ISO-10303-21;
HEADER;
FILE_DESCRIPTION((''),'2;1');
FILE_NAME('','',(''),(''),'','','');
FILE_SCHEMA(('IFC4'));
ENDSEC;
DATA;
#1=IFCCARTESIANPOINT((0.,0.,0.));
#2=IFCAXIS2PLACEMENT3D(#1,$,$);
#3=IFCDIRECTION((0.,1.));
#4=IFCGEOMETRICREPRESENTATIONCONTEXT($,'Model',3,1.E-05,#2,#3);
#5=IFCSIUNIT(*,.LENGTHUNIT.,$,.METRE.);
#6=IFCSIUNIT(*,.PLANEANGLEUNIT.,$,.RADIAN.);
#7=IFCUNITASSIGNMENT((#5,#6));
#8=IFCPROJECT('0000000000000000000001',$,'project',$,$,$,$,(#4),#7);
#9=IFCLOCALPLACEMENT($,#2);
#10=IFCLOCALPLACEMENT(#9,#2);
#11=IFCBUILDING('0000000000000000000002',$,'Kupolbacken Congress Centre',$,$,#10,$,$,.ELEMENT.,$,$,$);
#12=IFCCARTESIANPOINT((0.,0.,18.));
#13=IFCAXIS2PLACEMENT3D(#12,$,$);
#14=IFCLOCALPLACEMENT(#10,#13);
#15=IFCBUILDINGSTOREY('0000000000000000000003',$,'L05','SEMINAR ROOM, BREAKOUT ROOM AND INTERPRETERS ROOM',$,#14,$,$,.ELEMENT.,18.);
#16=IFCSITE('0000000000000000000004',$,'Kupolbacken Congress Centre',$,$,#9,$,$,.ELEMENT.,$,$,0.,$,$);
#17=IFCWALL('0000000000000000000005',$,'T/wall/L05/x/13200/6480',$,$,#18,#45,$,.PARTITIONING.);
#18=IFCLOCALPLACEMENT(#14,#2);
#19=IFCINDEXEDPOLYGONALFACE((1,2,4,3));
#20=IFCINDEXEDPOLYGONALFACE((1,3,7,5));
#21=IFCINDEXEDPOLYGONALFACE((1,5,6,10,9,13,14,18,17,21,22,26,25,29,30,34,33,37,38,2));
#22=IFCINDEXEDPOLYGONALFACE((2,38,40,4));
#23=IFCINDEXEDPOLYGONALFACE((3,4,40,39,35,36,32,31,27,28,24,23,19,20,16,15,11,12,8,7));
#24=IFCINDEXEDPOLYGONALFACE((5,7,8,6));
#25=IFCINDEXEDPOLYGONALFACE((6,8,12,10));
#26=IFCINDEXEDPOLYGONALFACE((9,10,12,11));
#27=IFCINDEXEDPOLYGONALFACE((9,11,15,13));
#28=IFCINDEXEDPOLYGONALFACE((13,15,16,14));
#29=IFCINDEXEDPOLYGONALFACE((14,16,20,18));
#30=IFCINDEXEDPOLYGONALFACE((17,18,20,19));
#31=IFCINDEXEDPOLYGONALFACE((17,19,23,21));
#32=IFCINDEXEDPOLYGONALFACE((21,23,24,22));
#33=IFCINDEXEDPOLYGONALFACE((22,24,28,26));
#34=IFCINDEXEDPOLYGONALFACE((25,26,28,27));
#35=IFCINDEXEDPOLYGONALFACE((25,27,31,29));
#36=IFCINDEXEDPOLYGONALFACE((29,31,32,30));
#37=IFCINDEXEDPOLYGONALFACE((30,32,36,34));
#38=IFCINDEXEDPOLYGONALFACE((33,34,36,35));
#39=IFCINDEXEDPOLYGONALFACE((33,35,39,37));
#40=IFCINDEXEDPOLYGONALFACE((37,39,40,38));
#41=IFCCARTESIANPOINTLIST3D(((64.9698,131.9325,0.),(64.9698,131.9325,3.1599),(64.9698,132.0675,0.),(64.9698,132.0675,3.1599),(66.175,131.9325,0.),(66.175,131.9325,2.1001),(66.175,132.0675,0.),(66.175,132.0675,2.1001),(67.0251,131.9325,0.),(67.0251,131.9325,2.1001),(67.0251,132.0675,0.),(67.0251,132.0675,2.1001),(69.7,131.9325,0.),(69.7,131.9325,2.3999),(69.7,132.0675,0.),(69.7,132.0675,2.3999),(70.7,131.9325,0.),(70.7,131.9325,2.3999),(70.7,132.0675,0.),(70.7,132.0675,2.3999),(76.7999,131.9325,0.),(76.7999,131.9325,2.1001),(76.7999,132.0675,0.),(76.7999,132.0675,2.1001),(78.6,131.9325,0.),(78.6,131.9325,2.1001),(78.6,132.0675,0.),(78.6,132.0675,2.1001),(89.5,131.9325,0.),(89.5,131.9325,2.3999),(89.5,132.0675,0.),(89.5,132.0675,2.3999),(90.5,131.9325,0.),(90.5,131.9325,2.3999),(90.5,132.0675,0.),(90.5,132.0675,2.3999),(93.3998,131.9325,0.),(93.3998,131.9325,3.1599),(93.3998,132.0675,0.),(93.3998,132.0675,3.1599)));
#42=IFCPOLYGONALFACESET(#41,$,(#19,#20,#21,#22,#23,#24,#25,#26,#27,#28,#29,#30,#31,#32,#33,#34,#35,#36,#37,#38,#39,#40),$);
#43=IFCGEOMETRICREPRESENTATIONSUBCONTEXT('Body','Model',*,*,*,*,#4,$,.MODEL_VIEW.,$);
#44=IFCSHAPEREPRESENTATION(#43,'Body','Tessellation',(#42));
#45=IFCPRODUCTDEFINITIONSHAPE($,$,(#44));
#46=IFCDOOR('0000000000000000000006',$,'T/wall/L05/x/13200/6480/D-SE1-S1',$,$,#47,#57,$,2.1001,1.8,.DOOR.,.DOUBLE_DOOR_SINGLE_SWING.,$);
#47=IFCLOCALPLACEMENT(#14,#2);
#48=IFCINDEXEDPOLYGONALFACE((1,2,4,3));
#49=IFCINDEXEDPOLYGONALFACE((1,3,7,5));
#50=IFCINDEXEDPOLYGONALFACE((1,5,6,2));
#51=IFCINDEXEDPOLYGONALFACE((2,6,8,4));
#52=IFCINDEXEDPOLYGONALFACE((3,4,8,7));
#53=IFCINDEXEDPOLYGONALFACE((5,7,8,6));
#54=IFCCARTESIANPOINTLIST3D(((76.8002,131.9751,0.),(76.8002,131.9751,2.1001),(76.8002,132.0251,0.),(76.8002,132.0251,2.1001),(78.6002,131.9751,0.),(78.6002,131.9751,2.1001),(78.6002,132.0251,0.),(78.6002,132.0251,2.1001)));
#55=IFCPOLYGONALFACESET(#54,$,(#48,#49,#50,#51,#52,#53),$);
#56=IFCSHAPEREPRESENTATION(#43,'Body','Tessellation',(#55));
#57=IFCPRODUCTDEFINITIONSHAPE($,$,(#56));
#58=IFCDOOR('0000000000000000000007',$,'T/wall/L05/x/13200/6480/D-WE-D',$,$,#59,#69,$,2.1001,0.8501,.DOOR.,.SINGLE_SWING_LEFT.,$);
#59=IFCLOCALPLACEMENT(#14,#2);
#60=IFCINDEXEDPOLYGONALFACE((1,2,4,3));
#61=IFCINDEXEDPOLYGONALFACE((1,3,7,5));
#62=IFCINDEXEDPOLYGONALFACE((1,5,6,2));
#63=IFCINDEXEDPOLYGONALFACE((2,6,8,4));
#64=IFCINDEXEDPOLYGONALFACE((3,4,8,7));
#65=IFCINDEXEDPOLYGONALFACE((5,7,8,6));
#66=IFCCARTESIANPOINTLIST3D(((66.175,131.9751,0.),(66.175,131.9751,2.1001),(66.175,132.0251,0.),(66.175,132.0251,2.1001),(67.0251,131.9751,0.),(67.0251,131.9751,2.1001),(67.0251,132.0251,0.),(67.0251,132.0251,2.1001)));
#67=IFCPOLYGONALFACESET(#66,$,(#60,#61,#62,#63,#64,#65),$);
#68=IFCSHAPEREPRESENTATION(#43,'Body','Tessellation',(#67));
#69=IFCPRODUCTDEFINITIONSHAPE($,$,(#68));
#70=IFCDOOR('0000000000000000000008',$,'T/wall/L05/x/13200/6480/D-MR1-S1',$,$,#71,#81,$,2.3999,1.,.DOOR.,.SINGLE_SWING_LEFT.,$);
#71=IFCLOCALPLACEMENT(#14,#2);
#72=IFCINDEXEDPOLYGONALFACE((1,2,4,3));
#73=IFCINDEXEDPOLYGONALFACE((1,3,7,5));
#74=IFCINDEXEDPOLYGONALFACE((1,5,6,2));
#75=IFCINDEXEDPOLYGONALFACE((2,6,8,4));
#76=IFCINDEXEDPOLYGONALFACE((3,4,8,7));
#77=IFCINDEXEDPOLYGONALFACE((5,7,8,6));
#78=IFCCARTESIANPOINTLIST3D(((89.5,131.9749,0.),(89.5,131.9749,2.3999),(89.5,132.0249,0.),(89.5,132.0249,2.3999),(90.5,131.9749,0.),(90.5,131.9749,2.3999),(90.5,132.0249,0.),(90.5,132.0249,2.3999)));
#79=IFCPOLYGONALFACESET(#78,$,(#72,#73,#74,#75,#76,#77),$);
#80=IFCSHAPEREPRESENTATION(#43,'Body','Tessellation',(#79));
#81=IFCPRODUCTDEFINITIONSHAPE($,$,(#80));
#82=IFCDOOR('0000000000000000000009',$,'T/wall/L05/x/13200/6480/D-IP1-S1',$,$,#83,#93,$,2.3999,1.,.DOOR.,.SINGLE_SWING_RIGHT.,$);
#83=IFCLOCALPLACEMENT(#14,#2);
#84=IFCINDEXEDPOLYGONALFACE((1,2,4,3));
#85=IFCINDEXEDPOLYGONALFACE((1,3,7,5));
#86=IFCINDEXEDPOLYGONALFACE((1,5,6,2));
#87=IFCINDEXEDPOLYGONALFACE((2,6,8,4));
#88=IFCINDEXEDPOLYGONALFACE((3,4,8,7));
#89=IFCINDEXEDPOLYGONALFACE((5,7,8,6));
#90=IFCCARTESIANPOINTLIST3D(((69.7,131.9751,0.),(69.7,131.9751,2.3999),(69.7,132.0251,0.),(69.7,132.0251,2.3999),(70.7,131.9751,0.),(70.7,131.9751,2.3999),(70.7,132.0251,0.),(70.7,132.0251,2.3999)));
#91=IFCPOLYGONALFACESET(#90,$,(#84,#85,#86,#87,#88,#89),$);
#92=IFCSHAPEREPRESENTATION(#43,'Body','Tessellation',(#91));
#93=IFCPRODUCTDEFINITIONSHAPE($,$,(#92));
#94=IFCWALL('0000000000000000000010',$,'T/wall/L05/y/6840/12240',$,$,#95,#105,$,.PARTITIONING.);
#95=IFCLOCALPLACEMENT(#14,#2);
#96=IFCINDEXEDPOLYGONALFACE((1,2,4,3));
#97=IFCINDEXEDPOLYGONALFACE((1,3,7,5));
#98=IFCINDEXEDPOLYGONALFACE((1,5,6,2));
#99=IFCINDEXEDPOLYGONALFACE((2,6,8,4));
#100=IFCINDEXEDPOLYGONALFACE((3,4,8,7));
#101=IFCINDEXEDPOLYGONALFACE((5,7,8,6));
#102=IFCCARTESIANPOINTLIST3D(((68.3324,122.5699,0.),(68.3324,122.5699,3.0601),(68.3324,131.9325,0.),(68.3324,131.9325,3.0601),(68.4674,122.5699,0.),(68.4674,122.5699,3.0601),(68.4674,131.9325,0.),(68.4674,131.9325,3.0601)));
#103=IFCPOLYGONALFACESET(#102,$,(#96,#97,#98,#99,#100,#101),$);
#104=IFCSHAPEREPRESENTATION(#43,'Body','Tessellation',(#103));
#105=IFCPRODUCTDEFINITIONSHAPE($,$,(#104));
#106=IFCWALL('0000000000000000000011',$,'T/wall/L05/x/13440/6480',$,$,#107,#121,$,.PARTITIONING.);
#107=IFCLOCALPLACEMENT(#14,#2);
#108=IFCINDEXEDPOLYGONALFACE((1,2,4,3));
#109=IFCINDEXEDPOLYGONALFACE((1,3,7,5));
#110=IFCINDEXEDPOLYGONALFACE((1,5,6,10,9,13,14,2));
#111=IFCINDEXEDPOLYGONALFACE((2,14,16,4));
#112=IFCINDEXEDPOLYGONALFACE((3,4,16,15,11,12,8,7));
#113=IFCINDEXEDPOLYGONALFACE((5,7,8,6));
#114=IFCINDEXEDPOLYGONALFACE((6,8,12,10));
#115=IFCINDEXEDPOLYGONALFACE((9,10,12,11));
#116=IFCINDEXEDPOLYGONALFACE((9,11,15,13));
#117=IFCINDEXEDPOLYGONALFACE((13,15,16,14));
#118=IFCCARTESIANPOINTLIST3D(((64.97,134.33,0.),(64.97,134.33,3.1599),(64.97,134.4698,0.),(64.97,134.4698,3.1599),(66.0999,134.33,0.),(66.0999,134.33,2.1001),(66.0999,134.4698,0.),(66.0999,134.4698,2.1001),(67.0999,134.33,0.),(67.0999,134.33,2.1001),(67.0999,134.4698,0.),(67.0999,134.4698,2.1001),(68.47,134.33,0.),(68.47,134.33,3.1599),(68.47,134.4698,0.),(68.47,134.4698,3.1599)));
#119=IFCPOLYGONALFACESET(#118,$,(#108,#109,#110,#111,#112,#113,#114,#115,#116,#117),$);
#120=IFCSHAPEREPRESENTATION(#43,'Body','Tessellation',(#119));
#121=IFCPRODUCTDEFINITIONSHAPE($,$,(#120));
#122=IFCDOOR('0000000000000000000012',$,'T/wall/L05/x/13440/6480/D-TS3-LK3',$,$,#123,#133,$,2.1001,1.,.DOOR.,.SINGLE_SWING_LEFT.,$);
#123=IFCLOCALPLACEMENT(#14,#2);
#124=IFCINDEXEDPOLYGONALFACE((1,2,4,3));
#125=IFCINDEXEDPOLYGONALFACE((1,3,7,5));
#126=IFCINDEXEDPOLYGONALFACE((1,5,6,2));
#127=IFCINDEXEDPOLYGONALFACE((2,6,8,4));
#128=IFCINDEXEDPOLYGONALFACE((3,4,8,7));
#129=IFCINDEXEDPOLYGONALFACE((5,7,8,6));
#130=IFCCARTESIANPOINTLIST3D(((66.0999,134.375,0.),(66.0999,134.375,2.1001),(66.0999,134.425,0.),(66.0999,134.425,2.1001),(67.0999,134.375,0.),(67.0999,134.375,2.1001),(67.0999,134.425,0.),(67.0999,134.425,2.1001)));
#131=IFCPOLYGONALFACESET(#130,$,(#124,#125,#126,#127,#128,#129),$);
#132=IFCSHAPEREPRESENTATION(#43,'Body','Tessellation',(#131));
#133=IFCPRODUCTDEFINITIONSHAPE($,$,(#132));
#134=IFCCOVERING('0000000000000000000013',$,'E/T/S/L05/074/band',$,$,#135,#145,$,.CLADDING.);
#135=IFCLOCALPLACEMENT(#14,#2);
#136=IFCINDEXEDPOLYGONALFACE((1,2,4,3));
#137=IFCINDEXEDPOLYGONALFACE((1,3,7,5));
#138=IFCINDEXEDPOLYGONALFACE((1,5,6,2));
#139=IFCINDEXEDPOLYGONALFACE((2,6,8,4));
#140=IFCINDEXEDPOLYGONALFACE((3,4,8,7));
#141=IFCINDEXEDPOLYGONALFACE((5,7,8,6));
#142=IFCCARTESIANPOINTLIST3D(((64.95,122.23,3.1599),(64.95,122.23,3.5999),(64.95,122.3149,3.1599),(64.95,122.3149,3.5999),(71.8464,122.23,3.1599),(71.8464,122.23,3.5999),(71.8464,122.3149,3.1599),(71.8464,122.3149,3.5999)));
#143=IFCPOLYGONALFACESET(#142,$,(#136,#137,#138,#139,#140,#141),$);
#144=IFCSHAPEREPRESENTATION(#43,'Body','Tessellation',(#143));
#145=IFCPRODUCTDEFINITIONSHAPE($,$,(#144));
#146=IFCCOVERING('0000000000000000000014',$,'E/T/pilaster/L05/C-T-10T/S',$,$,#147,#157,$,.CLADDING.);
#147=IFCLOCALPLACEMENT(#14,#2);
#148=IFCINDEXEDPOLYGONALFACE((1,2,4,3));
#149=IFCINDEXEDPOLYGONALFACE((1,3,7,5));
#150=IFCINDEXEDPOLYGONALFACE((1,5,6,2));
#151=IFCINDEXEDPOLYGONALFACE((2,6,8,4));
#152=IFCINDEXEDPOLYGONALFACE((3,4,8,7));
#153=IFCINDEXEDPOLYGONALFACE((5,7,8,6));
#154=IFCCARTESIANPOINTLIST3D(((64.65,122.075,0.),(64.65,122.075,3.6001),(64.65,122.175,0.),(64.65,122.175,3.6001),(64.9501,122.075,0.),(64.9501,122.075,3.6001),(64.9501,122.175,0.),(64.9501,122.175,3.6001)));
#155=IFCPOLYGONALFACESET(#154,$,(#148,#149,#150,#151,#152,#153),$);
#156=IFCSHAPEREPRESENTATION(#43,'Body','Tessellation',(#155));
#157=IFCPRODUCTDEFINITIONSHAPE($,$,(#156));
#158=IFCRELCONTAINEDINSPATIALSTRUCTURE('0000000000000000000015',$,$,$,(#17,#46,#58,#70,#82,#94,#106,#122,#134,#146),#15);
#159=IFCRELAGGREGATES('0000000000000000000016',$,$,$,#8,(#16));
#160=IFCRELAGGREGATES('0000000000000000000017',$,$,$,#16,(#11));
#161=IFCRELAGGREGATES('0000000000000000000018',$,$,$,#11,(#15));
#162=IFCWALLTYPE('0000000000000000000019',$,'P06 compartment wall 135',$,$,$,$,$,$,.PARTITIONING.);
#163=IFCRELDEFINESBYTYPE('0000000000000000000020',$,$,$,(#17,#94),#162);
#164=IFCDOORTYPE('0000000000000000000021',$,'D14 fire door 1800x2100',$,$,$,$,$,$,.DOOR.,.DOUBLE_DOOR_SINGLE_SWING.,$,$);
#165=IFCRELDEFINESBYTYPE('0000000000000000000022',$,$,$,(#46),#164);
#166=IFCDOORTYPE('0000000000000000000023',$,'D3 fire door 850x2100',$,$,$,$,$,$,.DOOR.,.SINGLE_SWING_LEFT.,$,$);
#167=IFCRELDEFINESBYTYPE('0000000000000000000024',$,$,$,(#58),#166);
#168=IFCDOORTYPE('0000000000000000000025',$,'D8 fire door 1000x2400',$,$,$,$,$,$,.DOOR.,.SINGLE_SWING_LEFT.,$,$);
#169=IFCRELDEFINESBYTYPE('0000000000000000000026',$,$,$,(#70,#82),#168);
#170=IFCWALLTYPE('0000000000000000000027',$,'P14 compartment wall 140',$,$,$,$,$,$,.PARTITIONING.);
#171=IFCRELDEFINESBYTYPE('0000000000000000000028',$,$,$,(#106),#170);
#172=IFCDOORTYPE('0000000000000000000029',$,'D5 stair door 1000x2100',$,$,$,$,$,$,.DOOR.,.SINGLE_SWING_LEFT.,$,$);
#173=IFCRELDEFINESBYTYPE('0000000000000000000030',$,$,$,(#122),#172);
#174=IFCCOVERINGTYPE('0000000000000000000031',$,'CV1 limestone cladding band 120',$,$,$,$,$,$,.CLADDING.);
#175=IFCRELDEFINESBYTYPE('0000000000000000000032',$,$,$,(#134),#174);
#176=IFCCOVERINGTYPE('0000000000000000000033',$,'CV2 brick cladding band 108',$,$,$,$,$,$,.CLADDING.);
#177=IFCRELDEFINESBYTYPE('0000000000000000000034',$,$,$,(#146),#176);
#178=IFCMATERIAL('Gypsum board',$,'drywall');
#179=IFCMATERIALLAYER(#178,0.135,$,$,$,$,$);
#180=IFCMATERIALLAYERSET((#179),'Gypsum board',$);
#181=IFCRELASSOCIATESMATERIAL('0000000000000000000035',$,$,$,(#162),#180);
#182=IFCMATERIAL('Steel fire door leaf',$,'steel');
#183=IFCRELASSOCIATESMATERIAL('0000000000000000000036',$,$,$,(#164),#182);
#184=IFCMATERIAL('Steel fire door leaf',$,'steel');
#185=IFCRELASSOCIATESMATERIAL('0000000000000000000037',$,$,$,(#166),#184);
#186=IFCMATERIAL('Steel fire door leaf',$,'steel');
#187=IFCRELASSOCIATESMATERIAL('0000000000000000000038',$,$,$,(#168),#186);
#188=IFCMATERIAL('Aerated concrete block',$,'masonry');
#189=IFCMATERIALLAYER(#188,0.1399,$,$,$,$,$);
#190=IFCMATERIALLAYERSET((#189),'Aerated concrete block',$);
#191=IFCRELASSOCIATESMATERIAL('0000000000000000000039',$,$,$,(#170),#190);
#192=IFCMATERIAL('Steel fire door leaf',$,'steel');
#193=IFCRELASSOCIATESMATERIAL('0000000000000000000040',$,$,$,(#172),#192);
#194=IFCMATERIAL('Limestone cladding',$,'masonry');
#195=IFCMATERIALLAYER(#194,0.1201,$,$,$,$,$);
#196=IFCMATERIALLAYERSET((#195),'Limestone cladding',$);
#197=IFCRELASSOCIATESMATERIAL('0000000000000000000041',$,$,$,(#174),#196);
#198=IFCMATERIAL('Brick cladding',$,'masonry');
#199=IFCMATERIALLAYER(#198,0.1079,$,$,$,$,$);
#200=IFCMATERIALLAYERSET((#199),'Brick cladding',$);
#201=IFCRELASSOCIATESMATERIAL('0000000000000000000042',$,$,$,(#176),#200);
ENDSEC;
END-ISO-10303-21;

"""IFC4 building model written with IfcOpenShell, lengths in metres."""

from ifc_helpers import new_model, si_unit, direction, frame, frame_2d, origin, origin_2d, place, context, subcontext, project, spatial, rectangle, extrude, material, layer, layer_set, type_object, element, fill, save


model = new_model("IFC4")

# Units and contexts
model_context = context("Model", 3, precision=1e-05, world=origin(), true_north=direction((0.0, 1.0)))
body_context = subcontext(model_context, "Body", "Model", "MODEL_VIEW")
ifc_project = project(units=[si_unit("LENGTHUNIT", "METRE"), si_unit("PLANEANGLEUNIT", "RADIAN")], contexts=[model_context])

# Site, building, storey
site_placement = place(None, origin())
site = spatial("IfcSite", under=ifc_project, at=site_placement, Name="Kupolbacken Congress Centre", CompositionType="ELEMENT", RefElevation=0.0)
building_placement = place(site_placement, origin())
building = spatial("IfcBuilding", under=site, at=building_placement, Name="Kupolbacken Congress Centre", CompositionType="ELEMENT")
storey_placement = place(building_placement, frame((0.0, 0.0, 18.0)))
storey = spatial("IfcBuildingStorey", under=building, at=storey_placement, Name="L05", Description="SEMINAR ROOM, BREAKOUT ROOM AND INTERPRETERS ROOM", CompositionType="ELEMENT", Elevation=18.0)

# Wall, openings, doors
ifc_material_1 = material(Name="Gypsum board", Category="drywall")
ifc_layer_1 = layer(ifc_material_1, 0.135)
ifc_layer_set_1 = layer_set([ifc_layer_1], Name="Gypsum board")
wall_type_1 = type_object("IfcWallType", Name="P06 compartment wall 135", PredefinedType="PARTITIONING", material=ifc_layer_set_1)
wall_1_placement = place(storey_placement, frame((64.97, 132.0, 0.0), z_axis=(0.0, 0.0, 1.0), x_axis=(1.0, 0.0, 0.0)))
wall_1 = element("IfcWall", 1, at=wall_1_placement, inside=storey, type_object=wall_type_1, Name="T/wall/L05/x/13200/6480", PredefinedType="PARTITIONING", context=body_context, shape_type="SweptSolid", body=[
    extrude(rectangle(XDim=28.4299, YDim=0.135, at=frame_2d((14.2148, 0.0))), origin(), (0.0, 0.0, 1.0), 3.1599),
])
opening_1_placement = place(wall_1_placement, frame((1.2051, 0.0, 0.0)))
opening_1 = element("IfcOpeningElement", 2, at=opening_1_placement, cuts=wall_1, PredefinedType="OPENING", context=body_context, shape_type="SweptSolid", body=[
    extrude(rectangle(XDim=0.8501, YDim=2.1001, at=frame_2d((0.425, 1.05))), frame((0.0, 0.0774, 0.0), z_axis=(0.0, -1.0, 0.0), x_axis=(1.0, 0.0, 0.0)), (0.0, 0.0, 1.0), 0.155),
])
opening_2_placement = place(wall_1_placement, frame((11.8301, 0.0, 0.0)))
opening_2 = element("IfcOpeningElement", 3, at=opening_2_placement, cuts=wall_1, PredefinedType="OPENING", context=body_context, shape_type="SweptSolid", body=[
    extrude(rectangle(XDim=1.8, YDim=2.1001, at=frame_2d((0.8999, 1.05))), frame((0.0, 0.0774, 0.0), z_axis=(0.0, -1.0, 0.0), x_axis=(1.0, 0.0, 0.0)), (0.0, 0.0, 1.0), 0.155),
])
opening_3_placement = place(wall_1_placement, frame((24.53, 0.0, 0.0)))
opening_3 = element("IfcOpeningElement", 4, at=opening_3_placement, cuts=wall_1, PredefinedType="OPENING", context=body_context, shape_type="SweptSolid", body=[
    extrude(rectangle(XDim=1.0, YDim=2.3999, at=frame_2d((0.5, 1.2))), frame((0.0, 0.0774, 0.0), z_axis=(0.0, -1.0, 0.0), x_axis=(1.0, 0.0, 0.0)), (0.0, 0.0, 1.0), 0.155),
])
opening_4_placement = place(wall_1_placement, frame((4.73, 0.0, 0.0)))
opening_4 = element("IfcOpeningElement", 5, at=opening_4_placement, cuts=wall_1, PredefinedType="OPENING", context=body_context, shape_type="SweptSolid", body=[
    extrude(rectangle(XDim=1.0, YDim=2.3999, at=frame_2d((0.5, 1.2))), frame((0.0, 0.0774, 0.0), z_axis=(0.0, -1.0, 0.0), x_axis=(1.0, 0.0, 0.0)), (0.0, 0.0, 1.0), 0.155),
])
ifc_material_2 = material(Name="Steel fire door leaf", Category="steel")
door_type_1 = type_object("IfcDoorType", Name="D14 fire door 1800x2100", OperationType="DOUBLE_DOOR_SINGLE_SWING", PredefinedType="DOOR", material=ifc_material_2)
door_1_placement = place(opening_2_placement, frame((1.8, 0.0, 0.0), z_axis=(0.0, 0.0, 1.0), x_axis=(-1.0, 0.0, 0.0)))
door_1 = element("IfcDoor", 6, at=door_1_placement, inside=storey, type_object=door_type_1, Name="T/wall/L05/x/13200/6480/D-SE1-S1", OperationType="DOUBLE_DOOR_SINGLE_SWING", OverallHeight=2.1001, OverallWidth=1.8, PredefinedType="DOOR", context=body_context, shape_type="SweptSolid", body=[
    extrude(rectangle(XDim=1.8, YDim=2.1001, at=frame_2d((0.8999, 1.05))), frame((0.0, 0.0249, 0.0), z_axis=(0.0, -1.0, 0.0), x_axis=(1.0, 0.0, 0.0)), (0.0, 0.0, 1.0), 0.05),
])
fill(opening_2, door_1)
ifc_material_3 = material(Name="Steel fire door leaf", Category="steel")
door_type_2 = type_object("IfcDoorType", Name="D3 fire door 850x2100", OperationType="SINGLE_SWING_LEFT", PredefinedType="DOOR", material=ifc_material_3)
door_2_placement = place(opening_1_placement, frame((0.8501, 0.0, 0.0), z_axis=(0.0, 0.0, 1.0), x_axis=(-1.0, 0.0, 0.0)))
door_2 = element("IfcDoor", 7, at=door_2_placement, inside=storey, type_object=door_type_2, Name="T/wall/L05/x/13200/6480/D-WE-D", OperationType="SINGLE_SWING_LEFT", OverallHeight=2.1001, OverallWidth=0.8501, PredefinedType="DOOR", context=body_context, shape_type="SweptSolid", body=[
    extrude(rectangle(XDim=0.8501, YDim=2.1001, at=frame_2d((0.425, 1.05))), frame((0.0, 0.0249, 0.0), z_axis=(0.0, -1.0, 0.0), x_axis=(1.0, 0.0, 0.0)), (0.0, 0.0, 1.0), 0.05),
])
fill(opening_1, door_2)
ifc_material_4 = material(Name="Steel fire door leaf", Category="steel")
door_type_3 = type_object("IfcDoorType", Name="D8 fire door 1000x2400", OperationType="SINGLE_SWING_LEFT", PredefinedType="DOOR", material=ifc_material_4)
door_3_placement = place(opening_3_placement, origin())
door_3 = element("IfcDoor", 8, at=door_3_placement, inside=storey, type_object=door_type_3, Name="T/wall/L05/x/13200/6480/D-MR1-S1", OperationType="SINGLE_SWING_LEFT", OverallHeight=2.3999, OverallWidth=1.0, PredefinedType="DOOR", context=body_context, shape_type="SweptSolid", body=[
    extrude(rectangle(XDim=1.0, YDim=2.3999, at=frame_2d((0.5, 1.2))), frame((0.0, 0.0249, 0.0), z_axis=(0.0, -1.0, 0.0), x_axis=(1.0, 0.0, 0.0)), (0.0, 0.0, 1.0), 0.05),
])
fill(opening_3, door_3)
door_4_placement = place(opening_4_placement, frame((1.0, 0.0, 0.0), z_axis=(0.0, 0.0, 1.0), x_axis=(-1.0, 0.0, 0.0)))
door_4 = element("IfcDoor", 9, at=door_4_placement, inside=storey, type_object=door_type_3, Name="T/wall/L05/x/13200/6480/D-IP1-S1", OperationType="SINGLE_SWING_RIGHT", OverallHeight=2.3999, OverallWidth=1.0, PredefinedType="DOOR", context=body_context, shape_type="SweptSolid", body=[
    extrude(rectangle(XDim=1.0, YDim=2.3999, at=frame_2d((0.5, 1.2))), frame((0.0, 0.0249, 0.0), z_axis=(0.0, -1.0, 0.0), x_axis=(1.0, 0.0, 0.0)), (0.0, 0.0, 1.0), 0.05),
])
fill(opening_4, door_4)

# Wall
wall_2_placement = place(storey_placement, frame((68.3999, 122.5701, 0.0), z_axis=(0.0, 0.0, 1.0), x_axis=(0.0, 1.0, 0.0)))
element("IfcWall", 10, at=wall_2_placement, inside=storey, type_object=wall_type_1, Name="T/wall/L05/y/6840/12240", PredefinedType="PARTITIONING", context=body_context, shape_type="SweptSolid", body=[
    extrude(rectangle(XDim=9.3625, YDim=0.135, at=frame_2d((4.6812, 0.0))), origin(), (0.0, 0.0, 1.0), 3.0601),
])

# Wall, opening, door
ifc_material_5 = material(Name="Aerated concrete block", Category="masonry")
ifc_layer_2 = layer(ifc_material_5, 0.1399)
ifc_layer_set_2 = layer_set([ifc_layer_2], Name="Aerated concrete block")
wall_type_2 = type_object("IfcWallType", Name="P14 compartment wall 140", PredefinedType="PARTITIONING", material=ifc_layer_set_2)
wall_3_placement = place(storey_placement, frame((64.97, 134.3999, 0.0), z_axis=(0.0, 0.0, 1.0), x_axis=(1.0, 0.0, 0.0)))
wall_3 = element("IfcWall", 11, at=wall_3_placement, inside=storey, type_object=wall_type_2, Name="T/wall/L05/x/13440/6480", PredefinedType="PARTITIONING", context=body_context, shape_type="SweptSolid", body=[
    extrude(rectangle(XDim=3.5, YDim=0.1399, at=frame_2d((1.75, 0.0))), origin(), (0.0, 0.0, 1.0), 3.1599),
])
opening_5_placement = place(wall_3_placement, frame((1.1299, 0.0, 0.0)))
opening_5 = element("IfcOpeningElement", 12, at=opening_5_placement, cuts=wall_3, PredefinedType="OPENING", context=body_context, shape_type="SweptSolid", body=[
    extrude(rectangle(XDim=1.0, YDim=2.1001, at=frame_2d((0.5, 1.05))), frame((0.0, 0.0798, 0.0), z_axis=(0.0, -1.0, 0.0), x_axis=(1.0, 0.0, 0.0)), (0.0, 0.0, 1.0), 0.1599),
])
ifc_material_6 = material(Name="Steel fire door leaf", Category="steel")
door_type_4 = type_object("IfcDoorType", Name="D5 stair door 1000x2100", OperationType="SINGLE_SWING_LEFT", PredefinedType="DOOR", material=ifc_material_6)
door_5_placement = place(opening_5_placement, frame((1.0, 0.0, 0.0), z_axis=(0.0, 0.0, 1.0), x_axis=(-1.0, 0.0, 0.0)))
door_5 = element("IfcDoor", 13, at=door_5_placement, inside=storey, type_object=door_type_4, Name="T/wall/L05/x/13440/6480/D-TS3-LK3", OperationType="SINGLE_SWING_LEFT", OverallHeight=2.1001, OverallWidth=1.0, PredefinedType="DOOR", context=body_context, shape_type="SweptSolid", body=[
    extrude(rectangle(XDim=1.0, YDim=2.1001, at=frame_2d((0.5, 1.05))), frame((0.0, 0.0249, 0.0), z_axis=(0.0, -1.0, 0.0), x_axis=(1.0, 0.0, 0.0)), (0.0, 0.0, 1.0), 0.05),
])
fill(opening_5, door_5)

# Coverings
ifc_material_7 = material(Name="Limestone cladding", Category="masonry")
ifc_layer_3 = layer(ifc_material_7, 0.1201)
ifc_layer_set_3 = layer_set([ifc_layer_3], Name="Limestone cladding")
covering_type_1 = type_object("IfcCoveringType", Name="CV1 limestone cladding band 120", PredefinedType="CLADDING", material=ifc_layer_set_3)
covering_1_placement = place(storey_placement, frame((68.3982, 122.2725, 3.1599), z_axis=(0.0, 0.0, 1.0), x_axis=(1.0, 0.0, 0.0)))
element("IfcCovering", 14, at=covering_1_placement, inside=storey, type_object=covering_type_1, Name="E/T/S/L05/074/band", PredefinedType="CLADDING", context=body_context, shape_type="SweptSolid", body=[
    extrude(rectangle(XDim=6.8965, YDim=0.085, at=origin_2d()), origin(), (0.0, 0.0, 1.0), 0.4399),
])
ifc_material_8 = material(Name="Brick cladding", Category="masonry")
ifc_layer_4 = layer(ifc_material_8, 0.1079)
ifc_layer_set_4 = layer_set([ifc_layer_4], Name="Brick cladding")
covering_type_2 = type_object("IfcCoveringType", Name="CV2 brick cladding band 108", PredefinedType="CLADDING", material=ifc_layer_set_4)
covering_2_placement = place(storey_placement, frame((64.8, 122.125, 0.0), z_axis=(0.0, 0.0, 1.0), x_axis=(1.0, 0.0, 0.0)))
element("IfcCovering", 15, at=covering_2_placement, inside=storey, type_object=covering_type_2, Name="E/T/pilaster/L05/C-T-10T/S", PredefinedType="CLADDING", context=body_context, shape_type="SweptSolid", body=[
    extrude(rectangle(XDim=0.3, YDim=0.1001, at=origin_2d()), origin(), (0.0, 0.0, 1.0), 3.6001),
])

save(model, "model.ifc")
